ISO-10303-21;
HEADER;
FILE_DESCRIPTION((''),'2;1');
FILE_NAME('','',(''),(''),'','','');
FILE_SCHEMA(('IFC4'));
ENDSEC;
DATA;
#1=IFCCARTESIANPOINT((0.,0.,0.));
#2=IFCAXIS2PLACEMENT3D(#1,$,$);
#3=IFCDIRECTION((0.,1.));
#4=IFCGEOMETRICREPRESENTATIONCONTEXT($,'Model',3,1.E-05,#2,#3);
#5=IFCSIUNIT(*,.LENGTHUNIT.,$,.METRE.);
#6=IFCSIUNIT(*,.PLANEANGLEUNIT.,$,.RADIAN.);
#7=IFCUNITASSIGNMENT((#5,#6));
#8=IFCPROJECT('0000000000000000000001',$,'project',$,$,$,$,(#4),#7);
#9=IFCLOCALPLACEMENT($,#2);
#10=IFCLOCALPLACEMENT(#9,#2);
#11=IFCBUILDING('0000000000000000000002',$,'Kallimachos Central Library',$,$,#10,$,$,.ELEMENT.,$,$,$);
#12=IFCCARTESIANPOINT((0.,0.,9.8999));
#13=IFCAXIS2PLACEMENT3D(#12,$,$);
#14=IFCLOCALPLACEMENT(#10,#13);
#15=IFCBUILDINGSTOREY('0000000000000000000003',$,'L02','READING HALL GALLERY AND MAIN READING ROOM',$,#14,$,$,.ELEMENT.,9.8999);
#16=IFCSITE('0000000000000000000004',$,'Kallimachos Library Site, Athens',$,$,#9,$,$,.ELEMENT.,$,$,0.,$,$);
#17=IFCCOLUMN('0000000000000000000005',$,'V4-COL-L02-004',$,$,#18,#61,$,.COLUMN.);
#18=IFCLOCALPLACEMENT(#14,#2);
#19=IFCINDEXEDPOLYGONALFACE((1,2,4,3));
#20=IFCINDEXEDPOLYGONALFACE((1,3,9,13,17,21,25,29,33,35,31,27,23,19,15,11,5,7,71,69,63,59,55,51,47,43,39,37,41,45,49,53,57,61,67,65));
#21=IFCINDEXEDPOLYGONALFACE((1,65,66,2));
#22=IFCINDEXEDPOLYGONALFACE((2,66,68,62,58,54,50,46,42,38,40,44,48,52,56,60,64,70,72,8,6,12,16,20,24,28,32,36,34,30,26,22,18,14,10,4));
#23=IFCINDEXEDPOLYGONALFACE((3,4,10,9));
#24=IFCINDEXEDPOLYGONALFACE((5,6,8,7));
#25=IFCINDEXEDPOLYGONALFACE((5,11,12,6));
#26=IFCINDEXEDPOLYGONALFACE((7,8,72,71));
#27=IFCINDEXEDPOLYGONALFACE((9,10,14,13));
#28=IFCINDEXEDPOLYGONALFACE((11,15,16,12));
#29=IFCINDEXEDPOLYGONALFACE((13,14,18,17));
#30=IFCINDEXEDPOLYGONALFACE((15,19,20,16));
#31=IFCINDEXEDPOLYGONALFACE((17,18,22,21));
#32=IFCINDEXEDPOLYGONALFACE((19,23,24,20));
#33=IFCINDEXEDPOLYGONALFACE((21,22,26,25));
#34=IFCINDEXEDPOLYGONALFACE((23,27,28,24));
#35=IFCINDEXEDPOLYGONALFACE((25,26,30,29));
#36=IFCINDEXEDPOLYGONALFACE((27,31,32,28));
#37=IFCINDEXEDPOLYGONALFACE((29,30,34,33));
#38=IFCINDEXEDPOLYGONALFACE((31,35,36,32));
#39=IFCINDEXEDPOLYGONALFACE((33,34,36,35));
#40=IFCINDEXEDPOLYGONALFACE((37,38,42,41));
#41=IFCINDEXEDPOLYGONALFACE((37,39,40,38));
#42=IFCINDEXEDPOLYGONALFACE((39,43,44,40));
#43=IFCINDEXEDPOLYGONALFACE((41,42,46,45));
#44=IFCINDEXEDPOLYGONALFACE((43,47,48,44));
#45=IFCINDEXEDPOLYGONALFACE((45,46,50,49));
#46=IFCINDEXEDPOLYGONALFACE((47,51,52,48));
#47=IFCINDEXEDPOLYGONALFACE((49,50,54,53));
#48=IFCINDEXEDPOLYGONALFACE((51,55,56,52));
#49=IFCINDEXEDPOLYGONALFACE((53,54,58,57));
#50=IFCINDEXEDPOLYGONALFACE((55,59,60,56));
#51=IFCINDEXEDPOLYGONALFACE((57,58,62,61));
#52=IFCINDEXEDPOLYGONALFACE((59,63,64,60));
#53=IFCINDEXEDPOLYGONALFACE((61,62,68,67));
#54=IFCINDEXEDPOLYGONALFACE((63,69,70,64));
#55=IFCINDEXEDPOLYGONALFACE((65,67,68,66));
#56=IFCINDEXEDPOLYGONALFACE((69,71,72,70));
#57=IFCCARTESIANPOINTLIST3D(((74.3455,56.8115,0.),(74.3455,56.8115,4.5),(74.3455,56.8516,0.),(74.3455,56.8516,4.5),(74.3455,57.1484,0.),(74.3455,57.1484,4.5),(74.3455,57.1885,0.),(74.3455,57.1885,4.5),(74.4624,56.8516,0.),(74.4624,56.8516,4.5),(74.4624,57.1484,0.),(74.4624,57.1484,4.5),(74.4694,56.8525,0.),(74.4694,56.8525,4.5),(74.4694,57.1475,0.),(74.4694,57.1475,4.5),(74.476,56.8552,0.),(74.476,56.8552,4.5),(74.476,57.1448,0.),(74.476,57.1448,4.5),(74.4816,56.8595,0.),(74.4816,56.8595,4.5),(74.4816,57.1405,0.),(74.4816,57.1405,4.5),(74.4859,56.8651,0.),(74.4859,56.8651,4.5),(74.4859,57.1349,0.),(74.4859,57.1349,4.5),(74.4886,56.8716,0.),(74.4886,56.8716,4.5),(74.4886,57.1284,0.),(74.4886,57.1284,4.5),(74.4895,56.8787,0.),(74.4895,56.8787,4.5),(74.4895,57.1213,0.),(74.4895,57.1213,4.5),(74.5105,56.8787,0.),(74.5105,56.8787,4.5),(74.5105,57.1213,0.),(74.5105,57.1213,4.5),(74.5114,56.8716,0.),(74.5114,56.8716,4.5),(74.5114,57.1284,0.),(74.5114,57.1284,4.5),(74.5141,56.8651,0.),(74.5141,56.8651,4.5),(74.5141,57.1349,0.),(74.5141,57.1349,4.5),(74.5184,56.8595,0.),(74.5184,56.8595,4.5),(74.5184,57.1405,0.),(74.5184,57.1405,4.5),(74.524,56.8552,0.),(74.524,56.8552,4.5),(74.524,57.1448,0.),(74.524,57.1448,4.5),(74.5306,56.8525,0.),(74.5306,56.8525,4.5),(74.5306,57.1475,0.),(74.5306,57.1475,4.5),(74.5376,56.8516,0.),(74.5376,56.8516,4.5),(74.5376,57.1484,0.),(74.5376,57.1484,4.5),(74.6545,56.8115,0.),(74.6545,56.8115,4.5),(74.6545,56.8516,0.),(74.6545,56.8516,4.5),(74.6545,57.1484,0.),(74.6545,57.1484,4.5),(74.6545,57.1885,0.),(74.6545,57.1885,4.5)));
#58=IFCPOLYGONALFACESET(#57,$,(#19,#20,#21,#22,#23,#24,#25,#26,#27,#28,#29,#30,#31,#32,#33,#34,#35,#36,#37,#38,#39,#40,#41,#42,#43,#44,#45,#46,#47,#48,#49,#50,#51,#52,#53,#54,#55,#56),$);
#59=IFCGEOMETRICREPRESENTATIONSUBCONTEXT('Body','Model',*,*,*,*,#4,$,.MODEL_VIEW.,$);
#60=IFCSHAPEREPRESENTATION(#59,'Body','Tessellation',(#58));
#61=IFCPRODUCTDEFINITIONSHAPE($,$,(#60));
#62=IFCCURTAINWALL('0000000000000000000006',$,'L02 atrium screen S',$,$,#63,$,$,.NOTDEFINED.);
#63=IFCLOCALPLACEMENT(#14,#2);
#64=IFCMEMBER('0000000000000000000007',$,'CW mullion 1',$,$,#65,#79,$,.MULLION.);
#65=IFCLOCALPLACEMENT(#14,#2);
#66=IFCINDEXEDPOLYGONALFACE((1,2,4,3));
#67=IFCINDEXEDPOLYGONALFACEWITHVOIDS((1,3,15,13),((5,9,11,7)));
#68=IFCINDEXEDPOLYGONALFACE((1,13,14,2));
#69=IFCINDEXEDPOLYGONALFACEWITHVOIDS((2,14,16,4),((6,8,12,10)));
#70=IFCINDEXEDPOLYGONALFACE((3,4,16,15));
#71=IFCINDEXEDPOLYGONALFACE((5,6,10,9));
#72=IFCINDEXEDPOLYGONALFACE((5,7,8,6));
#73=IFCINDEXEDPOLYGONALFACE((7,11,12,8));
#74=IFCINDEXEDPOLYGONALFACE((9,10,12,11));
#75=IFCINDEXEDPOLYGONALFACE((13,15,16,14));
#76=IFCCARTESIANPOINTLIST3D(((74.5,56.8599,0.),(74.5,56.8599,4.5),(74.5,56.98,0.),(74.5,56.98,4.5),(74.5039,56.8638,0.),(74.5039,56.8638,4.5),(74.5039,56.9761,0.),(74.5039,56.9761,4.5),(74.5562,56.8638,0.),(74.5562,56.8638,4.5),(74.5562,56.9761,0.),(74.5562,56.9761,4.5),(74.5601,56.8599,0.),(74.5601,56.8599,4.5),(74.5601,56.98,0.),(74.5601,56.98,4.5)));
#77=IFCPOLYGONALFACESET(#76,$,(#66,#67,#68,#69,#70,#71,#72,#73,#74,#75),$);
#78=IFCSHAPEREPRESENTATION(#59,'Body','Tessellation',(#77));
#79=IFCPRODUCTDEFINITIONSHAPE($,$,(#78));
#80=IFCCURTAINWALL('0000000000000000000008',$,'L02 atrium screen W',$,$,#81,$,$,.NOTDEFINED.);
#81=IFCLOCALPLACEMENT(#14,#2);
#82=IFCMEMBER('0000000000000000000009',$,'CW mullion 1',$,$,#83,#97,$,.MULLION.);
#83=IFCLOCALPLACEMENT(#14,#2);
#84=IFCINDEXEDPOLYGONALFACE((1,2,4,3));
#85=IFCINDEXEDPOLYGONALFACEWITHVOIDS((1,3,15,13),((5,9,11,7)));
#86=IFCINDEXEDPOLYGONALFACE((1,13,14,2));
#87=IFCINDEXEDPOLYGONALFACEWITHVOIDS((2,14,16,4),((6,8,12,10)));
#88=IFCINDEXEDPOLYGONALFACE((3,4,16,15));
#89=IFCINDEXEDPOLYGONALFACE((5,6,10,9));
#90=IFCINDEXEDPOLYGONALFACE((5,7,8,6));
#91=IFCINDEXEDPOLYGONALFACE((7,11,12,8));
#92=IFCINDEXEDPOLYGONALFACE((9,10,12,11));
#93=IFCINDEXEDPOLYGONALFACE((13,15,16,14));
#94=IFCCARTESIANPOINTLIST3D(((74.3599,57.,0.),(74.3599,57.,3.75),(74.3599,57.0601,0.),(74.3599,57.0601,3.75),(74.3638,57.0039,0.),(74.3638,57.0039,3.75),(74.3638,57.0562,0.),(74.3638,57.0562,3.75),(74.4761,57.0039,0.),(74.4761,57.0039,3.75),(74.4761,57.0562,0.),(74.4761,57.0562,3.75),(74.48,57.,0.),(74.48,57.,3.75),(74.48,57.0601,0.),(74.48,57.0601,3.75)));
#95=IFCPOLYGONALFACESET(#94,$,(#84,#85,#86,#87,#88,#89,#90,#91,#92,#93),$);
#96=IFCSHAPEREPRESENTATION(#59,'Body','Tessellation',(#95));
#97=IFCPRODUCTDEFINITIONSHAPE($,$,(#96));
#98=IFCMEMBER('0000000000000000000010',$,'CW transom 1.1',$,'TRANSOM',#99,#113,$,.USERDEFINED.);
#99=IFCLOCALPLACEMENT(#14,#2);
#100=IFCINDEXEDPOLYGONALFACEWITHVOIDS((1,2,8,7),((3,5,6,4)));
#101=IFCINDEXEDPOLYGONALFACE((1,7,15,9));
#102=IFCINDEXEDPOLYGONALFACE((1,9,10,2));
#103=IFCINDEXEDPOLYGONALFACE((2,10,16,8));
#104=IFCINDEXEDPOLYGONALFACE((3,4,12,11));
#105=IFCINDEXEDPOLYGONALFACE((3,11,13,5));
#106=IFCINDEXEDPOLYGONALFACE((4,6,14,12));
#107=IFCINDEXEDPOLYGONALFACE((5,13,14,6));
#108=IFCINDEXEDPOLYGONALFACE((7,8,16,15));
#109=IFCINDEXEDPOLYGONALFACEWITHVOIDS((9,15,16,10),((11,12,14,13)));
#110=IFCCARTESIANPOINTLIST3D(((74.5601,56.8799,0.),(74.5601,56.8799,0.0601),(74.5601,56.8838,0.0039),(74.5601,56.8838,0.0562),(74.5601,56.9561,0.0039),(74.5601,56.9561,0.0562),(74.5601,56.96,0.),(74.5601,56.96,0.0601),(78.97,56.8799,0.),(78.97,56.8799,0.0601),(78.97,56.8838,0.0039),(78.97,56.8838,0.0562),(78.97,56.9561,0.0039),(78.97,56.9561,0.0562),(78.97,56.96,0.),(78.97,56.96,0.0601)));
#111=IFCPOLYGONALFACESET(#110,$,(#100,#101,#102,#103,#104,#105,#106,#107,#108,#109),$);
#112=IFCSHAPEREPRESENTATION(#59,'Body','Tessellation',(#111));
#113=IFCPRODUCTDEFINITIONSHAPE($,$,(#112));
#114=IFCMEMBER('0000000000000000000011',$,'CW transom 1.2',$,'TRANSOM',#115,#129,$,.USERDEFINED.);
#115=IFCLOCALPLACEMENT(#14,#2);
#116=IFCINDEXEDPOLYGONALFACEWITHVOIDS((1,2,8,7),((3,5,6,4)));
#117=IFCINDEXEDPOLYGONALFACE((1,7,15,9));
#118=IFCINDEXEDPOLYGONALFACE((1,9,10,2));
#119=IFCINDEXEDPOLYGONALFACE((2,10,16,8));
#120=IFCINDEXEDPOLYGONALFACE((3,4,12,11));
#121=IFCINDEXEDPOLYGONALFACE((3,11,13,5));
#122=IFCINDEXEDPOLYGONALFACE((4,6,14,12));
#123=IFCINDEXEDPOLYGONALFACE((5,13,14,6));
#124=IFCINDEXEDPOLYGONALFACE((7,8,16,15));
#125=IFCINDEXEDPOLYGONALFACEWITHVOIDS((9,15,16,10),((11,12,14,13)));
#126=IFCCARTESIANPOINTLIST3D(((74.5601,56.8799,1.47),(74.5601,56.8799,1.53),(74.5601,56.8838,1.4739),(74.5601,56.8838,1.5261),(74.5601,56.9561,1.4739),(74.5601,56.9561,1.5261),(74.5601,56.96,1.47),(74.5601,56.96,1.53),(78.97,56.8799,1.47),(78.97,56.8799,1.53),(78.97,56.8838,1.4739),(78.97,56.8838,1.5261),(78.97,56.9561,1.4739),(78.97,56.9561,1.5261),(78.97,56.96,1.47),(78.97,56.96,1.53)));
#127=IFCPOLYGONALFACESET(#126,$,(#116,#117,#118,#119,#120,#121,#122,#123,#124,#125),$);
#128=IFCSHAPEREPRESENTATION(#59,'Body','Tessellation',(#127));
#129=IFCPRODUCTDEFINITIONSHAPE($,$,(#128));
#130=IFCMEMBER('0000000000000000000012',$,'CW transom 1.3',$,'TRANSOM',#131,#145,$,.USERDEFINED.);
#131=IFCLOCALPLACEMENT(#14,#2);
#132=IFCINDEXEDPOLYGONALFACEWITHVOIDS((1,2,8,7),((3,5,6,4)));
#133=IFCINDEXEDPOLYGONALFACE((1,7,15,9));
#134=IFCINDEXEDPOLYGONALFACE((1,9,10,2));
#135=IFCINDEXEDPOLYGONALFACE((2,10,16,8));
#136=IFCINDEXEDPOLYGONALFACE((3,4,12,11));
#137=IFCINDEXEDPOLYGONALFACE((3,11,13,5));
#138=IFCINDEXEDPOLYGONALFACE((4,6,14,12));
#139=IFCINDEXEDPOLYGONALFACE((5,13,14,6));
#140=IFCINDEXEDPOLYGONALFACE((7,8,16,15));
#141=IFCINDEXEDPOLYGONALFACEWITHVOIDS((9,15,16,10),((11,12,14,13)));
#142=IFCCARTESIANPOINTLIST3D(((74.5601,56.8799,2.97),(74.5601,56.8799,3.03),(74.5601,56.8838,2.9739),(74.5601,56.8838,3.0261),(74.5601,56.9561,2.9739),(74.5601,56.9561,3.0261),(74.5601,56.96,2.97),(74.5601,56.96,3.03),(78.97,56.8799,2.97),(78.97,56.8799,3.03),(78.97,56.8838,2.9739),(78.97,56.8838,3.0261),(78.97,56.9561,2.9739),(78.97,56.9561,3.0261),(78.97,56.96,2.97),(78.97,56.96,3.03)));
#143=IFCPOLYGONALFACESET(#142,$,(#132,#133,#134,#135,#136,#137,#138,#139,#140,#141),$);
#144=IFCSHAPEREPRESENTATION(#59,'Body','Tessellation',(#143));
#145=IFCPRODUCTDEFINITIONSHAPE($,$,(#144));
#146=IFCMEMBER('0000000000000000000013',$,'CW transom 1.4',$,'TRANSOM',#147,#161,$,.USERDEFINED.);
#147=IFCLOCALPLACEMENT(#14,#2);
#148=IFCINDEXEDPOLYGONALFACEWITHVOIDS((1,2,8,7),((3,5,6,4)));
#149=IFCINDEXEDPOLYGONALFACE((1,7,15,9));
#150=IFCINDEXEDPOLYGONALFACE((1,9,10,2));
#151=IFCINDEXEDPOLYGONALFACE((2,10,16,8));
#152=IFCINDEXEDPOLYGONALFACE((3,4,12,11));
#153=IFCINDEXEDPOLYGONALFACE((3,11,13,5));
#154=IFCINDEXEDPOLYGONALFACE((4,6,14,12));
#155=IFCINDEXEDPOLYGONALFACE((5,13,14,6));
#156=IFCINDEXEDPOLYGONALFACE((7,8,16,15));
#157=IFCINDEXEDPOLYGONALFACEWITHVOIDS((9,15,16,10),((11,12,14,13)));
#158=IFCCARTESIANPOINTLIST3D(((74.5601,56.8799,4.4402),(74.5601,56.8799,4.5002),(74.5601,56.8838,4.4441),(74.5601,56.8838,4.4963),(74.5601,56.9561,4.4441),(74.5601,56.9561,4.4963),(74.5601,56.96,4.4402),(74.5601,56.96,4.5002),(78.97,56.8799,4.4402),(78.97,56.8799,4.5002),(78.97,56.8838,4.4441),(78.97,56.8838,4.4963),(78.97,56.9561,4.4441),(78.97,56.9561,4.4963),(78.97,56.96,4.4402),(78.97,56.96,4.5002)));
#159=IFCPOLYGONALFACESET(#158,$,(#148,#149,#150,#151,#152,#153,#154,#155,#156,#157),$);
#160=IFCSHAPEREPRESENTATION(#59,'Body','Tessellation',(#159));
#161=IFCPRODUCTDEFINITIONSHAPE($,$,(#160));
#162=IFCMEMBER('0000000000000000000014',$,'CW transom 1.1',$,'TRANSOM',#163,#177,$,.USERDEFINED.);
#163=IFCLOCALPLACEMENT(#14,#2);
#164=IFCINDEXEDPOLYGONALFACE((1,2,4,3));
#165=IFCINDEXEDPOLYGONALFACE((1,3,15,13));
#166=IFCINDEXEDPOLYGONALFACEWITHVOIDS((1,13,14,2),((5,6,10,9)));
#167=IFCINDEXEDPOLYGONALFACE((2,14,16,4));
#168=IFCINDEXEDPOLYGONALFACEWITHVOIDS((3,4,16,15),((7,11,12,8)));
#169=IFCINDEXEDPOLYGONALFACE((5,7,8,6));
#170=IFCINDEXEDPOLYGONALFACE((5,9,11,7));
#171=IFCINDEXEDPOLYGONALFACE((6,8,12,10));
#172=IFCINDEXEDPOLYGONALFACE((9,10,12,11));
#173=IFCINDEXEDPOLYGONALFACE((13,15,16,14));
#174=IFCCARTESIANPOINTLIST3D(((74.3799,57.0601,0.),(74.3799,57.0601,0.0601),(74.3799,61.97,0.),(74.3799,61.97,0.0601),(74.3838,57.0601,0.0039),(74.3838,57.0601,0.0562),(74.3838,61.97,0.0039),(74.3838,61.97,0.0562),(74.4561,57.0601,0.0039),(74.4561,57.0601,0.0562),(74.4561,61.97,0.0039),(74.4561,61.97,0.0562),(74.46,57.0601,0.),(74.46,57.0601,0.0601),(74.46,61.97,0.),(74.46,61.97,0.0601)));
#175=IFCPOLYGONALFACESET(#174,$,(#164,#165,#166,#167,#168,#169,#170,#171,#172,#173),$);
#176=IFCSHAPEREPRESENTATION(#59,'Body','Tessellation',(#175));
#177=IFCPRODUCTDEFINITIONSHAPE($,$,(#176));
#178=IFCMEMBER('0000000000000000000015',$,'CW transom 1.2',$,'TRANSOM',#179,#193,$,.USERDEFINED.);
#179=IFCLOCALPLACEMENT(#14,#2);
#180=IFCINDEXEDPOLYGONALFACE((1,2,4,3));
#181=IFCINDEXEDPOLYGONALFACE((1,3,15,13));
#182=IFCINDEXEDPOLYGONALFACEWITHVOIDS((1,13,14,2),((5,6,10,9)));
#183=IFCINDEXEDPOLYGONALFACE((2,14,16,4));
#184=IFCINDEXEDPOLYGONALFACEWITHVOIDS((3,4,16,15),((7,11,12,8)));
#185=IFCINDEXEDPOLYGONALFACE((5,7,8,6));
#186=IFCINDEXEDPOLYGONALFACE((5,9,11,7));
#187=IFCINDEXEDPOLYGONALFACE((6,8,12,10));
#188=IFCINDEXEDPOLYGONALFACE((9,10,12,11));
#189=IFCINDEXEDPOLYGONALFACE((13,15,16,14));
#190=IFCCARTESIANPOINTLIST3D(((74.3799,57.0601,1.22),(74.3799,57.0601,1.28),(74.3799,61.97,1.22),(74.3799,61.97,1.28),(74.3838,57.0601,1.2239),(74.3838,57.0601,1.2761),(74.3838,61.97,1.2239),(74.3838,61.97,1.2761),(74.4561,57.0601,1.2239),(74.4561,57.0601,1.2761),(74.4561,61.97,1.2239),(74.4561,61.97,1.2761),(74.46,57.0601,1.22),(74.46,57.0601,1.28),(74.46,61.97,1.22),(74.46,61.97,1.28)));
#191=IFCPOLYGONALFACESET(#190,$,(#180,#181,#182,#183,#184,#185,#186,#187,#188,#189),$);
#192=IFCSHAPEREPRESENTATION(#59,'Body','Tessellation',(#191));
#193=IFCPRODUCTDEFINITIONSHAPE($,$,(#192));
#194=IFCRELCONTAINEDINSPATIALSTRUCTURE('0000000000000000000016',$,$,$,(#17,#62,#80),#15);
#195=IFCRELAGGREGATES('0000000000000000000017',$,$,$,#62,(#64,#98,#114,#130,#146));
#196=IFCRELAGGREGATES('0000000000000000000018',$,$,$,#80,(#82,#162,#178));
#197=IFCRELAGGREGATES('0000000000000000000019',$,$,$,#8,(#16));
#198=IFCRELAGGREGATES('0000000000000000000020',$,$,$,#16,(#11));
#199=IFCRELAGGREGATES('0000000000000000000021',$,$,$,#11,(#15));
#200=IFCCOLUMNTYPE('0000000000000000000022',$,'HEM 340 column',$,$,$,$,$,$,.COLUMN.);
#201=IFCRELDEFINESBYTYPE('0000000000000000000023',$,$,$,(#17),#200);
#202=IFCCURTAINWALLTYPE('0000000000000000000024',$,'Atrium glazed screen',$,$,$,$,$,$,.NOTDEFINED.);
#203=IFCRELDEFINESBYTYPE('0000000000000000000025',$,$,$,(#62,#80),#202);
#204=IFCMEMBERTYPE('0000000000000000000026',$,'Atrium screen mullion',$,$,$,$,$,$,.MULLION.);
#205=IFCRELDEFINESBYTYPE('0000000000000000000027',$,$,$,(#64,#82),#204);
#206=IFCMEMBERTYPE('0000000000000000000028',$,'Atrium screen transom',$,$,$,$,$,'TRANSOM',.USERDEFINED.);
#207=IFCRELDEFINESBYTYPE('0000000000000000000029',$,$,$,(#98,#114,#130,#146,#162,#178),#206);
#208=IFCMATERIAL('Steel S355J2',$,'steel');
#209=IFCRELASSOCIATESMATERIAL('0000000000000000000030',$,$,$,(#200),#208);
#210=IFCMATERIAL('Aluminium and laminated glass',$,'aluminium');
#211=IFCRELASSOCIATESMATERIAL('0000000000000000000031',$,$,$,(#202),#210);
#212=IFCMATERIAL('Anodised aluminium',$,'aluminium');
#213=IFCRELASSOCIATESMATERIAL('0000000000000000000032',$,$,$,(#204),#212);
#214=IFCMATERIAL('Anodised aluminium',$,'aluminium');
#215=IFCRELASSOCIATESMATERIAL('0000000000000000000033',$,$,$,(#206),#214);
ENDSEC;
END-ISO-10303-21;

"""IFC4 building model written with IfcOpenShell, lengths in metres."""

from ifc_helpers import new_model, si_unit, direction, frame, origin, origin_2d, place, context, subcontext, project, spatial, hollow_rectangle, i_section, extrude, material, material_profile, profile_set, type_object, element, aggregate, save


model = new_model("IFC4")

# Units and contexts
model_context = context("Model", 3, precision=1e-05, world=origin(), true_north=direction((0.0, 1.0)))
body_context = subcontext(model_context, "Body", "Model", "MODEL_VIEW")
ifc_project = project(units=[si_unit("LENGTHUNIT", "METRE"), si_unit("PLANEANGLEUNIT", "RADIAN")], contexts=[model_context])

# Site, building, storey
site_placement = place(None, origin())
site = spatial("IfcSite", under=ifc_project, at=site_placement, Name="Kallimachos Library Site, Athens", CompositionType="ELEMENT", RefElevation=0.0)
building_placement = place(site_placement, origin())
building = spatial("IfcBuilding", under=site, at=building_placement, Name="Kallimachos Central Library", CompositionType="ELEMENT")
storey_placement = place(building_placement, frame((0.0, 0.0, 9.8999)))
storey = spatial("IfcBuildingStorey", under=building, at=storey_placement, Name="L02", Description="READING HALL GALLERY AND MAIN READING ROOM", CompositionType="ELEMENT", Elevation=9.8999)

# Column
ifc_material_1 = material(Name="Steel S355J2", Category="steel")
ifc_material_profile_1 = material_profile(ifc_material_1, i_section(OverallWidth=0.3091, OverallDepth=0.377, WebThickness=0.021, FlangeThickness=0.04, FilletRadius=0.0271, at=origin_2d()), Name="HEM 340")
ifc_profile_set_1 = profile_set([ifc_material_profile_1], Name="Steel S355J2")
column_type = type_object("IfcColumnType", Name="HEM 340 column", PredefinedType="COLUMN", material=ifc_profile_set_1)
column_placement = place(storey_placement, frame((74.5, 57.0, 0.0), z_axis=(0.0, 0.0, 1.0), x_axis=(1.0, 0.0, 0.0)))
element("IfcColumn", 1, at=column_placement, inside=storey, type_object=column_type, Name="V4-COL-L02-004", PredefinedType="COLUMN", context=body_context, shape_type="SweptSolid", body=[
    extrude(i_section(OverallWidth=0.3091, OverallDepth=0.377, WebThickness=0.021, FlangeThickness=0.04, FilletRadius=0.0271, at=origin_2d()), origin(), (0.0, 0.0, 1.0), 4.5),
])

# Curtain walls, members
ifc_material_2 = material(Name="Aluminium and laminated glass", Category="aluminium")
curtain_wall_type = type_object("IfcCurtainWallType", Name="Atrium glazed screen", PredefinedType="NOTDEFINED", material=ifc_material_2)
curtain_wall_1_placement = place(storey_placement, origin())
curtain_wall_1 = element("IfcCurtainWall", 2, at=curtain_wall_1_placement, inside=storey, type_object=curtain_wall_type, Name="L02 atrium screen S", PredefinedType="NOTDEFINED")
ifc_material_3 = material(Name="Anodised aluminium", Category="aluminium")
ifc_material_profile_2 = material_profile(ifc_material_3, hollow_rectangle(XDim=0.0601, YDim=0.1201, WallThickness=0.0039, at=origin_2d()), Name="ALU MULLION 60x120")
ifc_profile_set_2 = profile_set([ifc_material_profile_2], Name="Anodised aluminium")
member_type_1 = type_object("IfcMemberType", Name="Atrium screen mullion", PredefinedType="MULLION", material=ifc_profile_set_2)
member_1_placement = place(storey_placement, frame((74.53, 56.9199, 0.0), z_axis=(0.0, 0.0, 1.0), x_axis=(1.0, 0.0, 0.0)))
member_1 = element("IfcMember", 3, at=member_1_placement, type_object=member_type_1, Name="CW mullion 1", PredefinedType="MULLION", context=body_context, shape_type="SweptSolid", body=[
    extrude(hollow_rectangle(XDim=0.0601, YDim=0.1201, WallThickness=0.0039, at=origin_2d()), origin(), (0.0, 0.0, 1.0), 4.5),
])
curtain_wall_2_placement = place(storey_placement, origin())
curtain_wall_2 = element("IfcCurtainWall", 4, at=curtain_wall_2_placement, inside=storey, type_object=curtain_wall_type, Name="L02 atrium screen W", PredefinedType="NOTDEFINED")
member_2_placement = place(storey_placement, frame((74.4199, 57.03, 0.0), z_axis=(0.0, 0.0, 1.0), x_axis=(0.0, 1.0, 0.0)))
member_2 = element("IfcMember", 5, at=member_2_placement, type_object=member_type_1, Name="CW mullion 1", PredefinedType="MULLION", context=body_context, shape_type="SweptSolid", body=[
    extrude(hollow_rectangle(XDim=0.0601, YDim=0.1201, WallThickness=0.0039, at=origin_2d()), origin(), (0.0, 0.0, 1.0), 3.75),
])

# Members
ifc_material_4 = material(Name="Anodised aluminium", Category="aluminium")
ifc_material_profile_3 = material_profile(ifc_material_4, hollow_rectangle(XDim=0.0601, YDim=0.0801, WallThickness=0.0039, at=origin_2d()), Name="ALU TRANSOM 60x80")
ifc_profile_set_3 = profile_set([ifc_material_profile_3], Name="Anodised aluminium")
member_type_2 = type_object("IfcMemberType", Name="Atrium screen transom", ElementType="TRANSOM", PredefinedType="USERDEFINED", material=ifc_profile_set_3)
member_3_placement = place(storey_placement, frame((74.5601, 56.9199, 0.03), z_axis=(1.0, 0.0, 0.0), x_axis=(0.0, 0.0, 1.0)))
member_3 = element("IfcMember", 6, at=member_3_placement, type_object=member_type_2, Name="CW transom 1.1", ObjectType="TRANSOM", PredefinedType="USERDEFINED", context=body_context, shape_type="SweptSolid", body=[
    extrude(hollow_rectangle(XDim=0.0601, YDim=0.0801, WallThickness=0.0039, at=origin_2d()), origin(), (0.0, 0.0, 1.0), 4.4099),
])
member_4_placement = place(storey_placement, frame((74.5601, 56.9199, 1.5), z_axis=(1.0, 0.0, 0.0), x_axis=(0.0, 0.0, 1.0)))
member_4 = element("IfcMember", 7, at=member_4_placement, type_object=member_type_2, Name="CW transom 1.2", ObjectType="TRANSOM", PredefinedType="USERDEFINED", context=body_context, shape_type="SweptSolid", body=[
    extrude(hollow_rectangle(XDim=0.0601, YDim=0.0801, WallThickness=0.0039, at=origin_2d()), origin(), (0.0, 0.0, 1.0), 4.4099),
])
member_5_placement = place(storey_placement, frame((74.5601, 56.9199, 3.0), z_axis=(1.0, 0.0, 0.0), x_axis=(0.0, 0.0, 1.0)))
member_5 = element("IfcMember", 8, at=member_5_placement, type_object=member_type_2, Name="CW transom 1.3", ObjectType="TRANSOM", PredefinedType="USERDEFINED", context=body_context, shape_type="SweptSolid", body=[
    extrude(hollow_rectangle(XDim=0.0601, YDim=0.0801, WallThickness=0.0039, at=origin_2d()), origin(), (0.0, 0.0, 1.0), 4.4099),
])
member_6_placement = place(storey_placement, frame((74.5601, 56.9199, 4.4702), z_axis=(1.0, 0.0, 0.0), x_axis=(0.0, 0.0, 1.0)))
member_6 = element("IfcMember", 9, at=member_6_placement, type_object=member_type_2, Name="CW transom 1.4", ObjectType="TRANSOM", PredefinedType="USERDEFINED", context=body_context, shape_type="SweptSolid", body=[
    extrude(hollow_rectangle(XDim=0.0601, YDim=0.0801, WallThickness=0.0039, at=origin_2d()), origin(), (0.0, 0.0, 1.0), 4.4099),
])
aggregate(curtain_wall_1, [member_1, member_3, member_4, member_5, member_6])
member_7_placement = place(storey_placement, frame((74.4199, 57.0601, 0.03), z_axis=(0.0, 1.0, 0.0), x_axis=(0.0, 0.0, 1.0)))
member_7 = element("IfcMember", 10, at=member_7_placement, type_object=member_type_2, Name="CW transom 1.1", ObjectType="TRANSOM", PredefinedType="USERDEFINED", context=body_context, shape_type="SweptSolid", body=[
    extrude(hollow_rectangle(XDim=0.0601, YDim=0.0801, WallThickness=0.0039, at=origin_2d()), origin(), (0.0, 0.0, 1.0), 4.9099),
])
member_8_placement = place(storey_placement, frame((74.4199, 57.0601, 1.25), z_axis=(0.0, 1.0, 0.0), x_axis=(0.0, 0.0, 1.0)))
member_8 = element("IfcMember", 11, at=member_8_placement, type_object=member_type_2, Name="CW transom 1.2", ObjectType="TRANSOM", PredefinedType="USERDEFINED", context=body_context, shape_type="SweptSolid", body=[
    extrude(hollow_rectangle(XDim=0.0601, YDim=0.0801, WallThickness=0.0039, at=origin_2d()), origin(), (0.0, 0.0, 1.0), 4.9099),
])
aggregate(curtain_wall_2, [member_2, member_7, member_8])

save(model, "model.ifc")
